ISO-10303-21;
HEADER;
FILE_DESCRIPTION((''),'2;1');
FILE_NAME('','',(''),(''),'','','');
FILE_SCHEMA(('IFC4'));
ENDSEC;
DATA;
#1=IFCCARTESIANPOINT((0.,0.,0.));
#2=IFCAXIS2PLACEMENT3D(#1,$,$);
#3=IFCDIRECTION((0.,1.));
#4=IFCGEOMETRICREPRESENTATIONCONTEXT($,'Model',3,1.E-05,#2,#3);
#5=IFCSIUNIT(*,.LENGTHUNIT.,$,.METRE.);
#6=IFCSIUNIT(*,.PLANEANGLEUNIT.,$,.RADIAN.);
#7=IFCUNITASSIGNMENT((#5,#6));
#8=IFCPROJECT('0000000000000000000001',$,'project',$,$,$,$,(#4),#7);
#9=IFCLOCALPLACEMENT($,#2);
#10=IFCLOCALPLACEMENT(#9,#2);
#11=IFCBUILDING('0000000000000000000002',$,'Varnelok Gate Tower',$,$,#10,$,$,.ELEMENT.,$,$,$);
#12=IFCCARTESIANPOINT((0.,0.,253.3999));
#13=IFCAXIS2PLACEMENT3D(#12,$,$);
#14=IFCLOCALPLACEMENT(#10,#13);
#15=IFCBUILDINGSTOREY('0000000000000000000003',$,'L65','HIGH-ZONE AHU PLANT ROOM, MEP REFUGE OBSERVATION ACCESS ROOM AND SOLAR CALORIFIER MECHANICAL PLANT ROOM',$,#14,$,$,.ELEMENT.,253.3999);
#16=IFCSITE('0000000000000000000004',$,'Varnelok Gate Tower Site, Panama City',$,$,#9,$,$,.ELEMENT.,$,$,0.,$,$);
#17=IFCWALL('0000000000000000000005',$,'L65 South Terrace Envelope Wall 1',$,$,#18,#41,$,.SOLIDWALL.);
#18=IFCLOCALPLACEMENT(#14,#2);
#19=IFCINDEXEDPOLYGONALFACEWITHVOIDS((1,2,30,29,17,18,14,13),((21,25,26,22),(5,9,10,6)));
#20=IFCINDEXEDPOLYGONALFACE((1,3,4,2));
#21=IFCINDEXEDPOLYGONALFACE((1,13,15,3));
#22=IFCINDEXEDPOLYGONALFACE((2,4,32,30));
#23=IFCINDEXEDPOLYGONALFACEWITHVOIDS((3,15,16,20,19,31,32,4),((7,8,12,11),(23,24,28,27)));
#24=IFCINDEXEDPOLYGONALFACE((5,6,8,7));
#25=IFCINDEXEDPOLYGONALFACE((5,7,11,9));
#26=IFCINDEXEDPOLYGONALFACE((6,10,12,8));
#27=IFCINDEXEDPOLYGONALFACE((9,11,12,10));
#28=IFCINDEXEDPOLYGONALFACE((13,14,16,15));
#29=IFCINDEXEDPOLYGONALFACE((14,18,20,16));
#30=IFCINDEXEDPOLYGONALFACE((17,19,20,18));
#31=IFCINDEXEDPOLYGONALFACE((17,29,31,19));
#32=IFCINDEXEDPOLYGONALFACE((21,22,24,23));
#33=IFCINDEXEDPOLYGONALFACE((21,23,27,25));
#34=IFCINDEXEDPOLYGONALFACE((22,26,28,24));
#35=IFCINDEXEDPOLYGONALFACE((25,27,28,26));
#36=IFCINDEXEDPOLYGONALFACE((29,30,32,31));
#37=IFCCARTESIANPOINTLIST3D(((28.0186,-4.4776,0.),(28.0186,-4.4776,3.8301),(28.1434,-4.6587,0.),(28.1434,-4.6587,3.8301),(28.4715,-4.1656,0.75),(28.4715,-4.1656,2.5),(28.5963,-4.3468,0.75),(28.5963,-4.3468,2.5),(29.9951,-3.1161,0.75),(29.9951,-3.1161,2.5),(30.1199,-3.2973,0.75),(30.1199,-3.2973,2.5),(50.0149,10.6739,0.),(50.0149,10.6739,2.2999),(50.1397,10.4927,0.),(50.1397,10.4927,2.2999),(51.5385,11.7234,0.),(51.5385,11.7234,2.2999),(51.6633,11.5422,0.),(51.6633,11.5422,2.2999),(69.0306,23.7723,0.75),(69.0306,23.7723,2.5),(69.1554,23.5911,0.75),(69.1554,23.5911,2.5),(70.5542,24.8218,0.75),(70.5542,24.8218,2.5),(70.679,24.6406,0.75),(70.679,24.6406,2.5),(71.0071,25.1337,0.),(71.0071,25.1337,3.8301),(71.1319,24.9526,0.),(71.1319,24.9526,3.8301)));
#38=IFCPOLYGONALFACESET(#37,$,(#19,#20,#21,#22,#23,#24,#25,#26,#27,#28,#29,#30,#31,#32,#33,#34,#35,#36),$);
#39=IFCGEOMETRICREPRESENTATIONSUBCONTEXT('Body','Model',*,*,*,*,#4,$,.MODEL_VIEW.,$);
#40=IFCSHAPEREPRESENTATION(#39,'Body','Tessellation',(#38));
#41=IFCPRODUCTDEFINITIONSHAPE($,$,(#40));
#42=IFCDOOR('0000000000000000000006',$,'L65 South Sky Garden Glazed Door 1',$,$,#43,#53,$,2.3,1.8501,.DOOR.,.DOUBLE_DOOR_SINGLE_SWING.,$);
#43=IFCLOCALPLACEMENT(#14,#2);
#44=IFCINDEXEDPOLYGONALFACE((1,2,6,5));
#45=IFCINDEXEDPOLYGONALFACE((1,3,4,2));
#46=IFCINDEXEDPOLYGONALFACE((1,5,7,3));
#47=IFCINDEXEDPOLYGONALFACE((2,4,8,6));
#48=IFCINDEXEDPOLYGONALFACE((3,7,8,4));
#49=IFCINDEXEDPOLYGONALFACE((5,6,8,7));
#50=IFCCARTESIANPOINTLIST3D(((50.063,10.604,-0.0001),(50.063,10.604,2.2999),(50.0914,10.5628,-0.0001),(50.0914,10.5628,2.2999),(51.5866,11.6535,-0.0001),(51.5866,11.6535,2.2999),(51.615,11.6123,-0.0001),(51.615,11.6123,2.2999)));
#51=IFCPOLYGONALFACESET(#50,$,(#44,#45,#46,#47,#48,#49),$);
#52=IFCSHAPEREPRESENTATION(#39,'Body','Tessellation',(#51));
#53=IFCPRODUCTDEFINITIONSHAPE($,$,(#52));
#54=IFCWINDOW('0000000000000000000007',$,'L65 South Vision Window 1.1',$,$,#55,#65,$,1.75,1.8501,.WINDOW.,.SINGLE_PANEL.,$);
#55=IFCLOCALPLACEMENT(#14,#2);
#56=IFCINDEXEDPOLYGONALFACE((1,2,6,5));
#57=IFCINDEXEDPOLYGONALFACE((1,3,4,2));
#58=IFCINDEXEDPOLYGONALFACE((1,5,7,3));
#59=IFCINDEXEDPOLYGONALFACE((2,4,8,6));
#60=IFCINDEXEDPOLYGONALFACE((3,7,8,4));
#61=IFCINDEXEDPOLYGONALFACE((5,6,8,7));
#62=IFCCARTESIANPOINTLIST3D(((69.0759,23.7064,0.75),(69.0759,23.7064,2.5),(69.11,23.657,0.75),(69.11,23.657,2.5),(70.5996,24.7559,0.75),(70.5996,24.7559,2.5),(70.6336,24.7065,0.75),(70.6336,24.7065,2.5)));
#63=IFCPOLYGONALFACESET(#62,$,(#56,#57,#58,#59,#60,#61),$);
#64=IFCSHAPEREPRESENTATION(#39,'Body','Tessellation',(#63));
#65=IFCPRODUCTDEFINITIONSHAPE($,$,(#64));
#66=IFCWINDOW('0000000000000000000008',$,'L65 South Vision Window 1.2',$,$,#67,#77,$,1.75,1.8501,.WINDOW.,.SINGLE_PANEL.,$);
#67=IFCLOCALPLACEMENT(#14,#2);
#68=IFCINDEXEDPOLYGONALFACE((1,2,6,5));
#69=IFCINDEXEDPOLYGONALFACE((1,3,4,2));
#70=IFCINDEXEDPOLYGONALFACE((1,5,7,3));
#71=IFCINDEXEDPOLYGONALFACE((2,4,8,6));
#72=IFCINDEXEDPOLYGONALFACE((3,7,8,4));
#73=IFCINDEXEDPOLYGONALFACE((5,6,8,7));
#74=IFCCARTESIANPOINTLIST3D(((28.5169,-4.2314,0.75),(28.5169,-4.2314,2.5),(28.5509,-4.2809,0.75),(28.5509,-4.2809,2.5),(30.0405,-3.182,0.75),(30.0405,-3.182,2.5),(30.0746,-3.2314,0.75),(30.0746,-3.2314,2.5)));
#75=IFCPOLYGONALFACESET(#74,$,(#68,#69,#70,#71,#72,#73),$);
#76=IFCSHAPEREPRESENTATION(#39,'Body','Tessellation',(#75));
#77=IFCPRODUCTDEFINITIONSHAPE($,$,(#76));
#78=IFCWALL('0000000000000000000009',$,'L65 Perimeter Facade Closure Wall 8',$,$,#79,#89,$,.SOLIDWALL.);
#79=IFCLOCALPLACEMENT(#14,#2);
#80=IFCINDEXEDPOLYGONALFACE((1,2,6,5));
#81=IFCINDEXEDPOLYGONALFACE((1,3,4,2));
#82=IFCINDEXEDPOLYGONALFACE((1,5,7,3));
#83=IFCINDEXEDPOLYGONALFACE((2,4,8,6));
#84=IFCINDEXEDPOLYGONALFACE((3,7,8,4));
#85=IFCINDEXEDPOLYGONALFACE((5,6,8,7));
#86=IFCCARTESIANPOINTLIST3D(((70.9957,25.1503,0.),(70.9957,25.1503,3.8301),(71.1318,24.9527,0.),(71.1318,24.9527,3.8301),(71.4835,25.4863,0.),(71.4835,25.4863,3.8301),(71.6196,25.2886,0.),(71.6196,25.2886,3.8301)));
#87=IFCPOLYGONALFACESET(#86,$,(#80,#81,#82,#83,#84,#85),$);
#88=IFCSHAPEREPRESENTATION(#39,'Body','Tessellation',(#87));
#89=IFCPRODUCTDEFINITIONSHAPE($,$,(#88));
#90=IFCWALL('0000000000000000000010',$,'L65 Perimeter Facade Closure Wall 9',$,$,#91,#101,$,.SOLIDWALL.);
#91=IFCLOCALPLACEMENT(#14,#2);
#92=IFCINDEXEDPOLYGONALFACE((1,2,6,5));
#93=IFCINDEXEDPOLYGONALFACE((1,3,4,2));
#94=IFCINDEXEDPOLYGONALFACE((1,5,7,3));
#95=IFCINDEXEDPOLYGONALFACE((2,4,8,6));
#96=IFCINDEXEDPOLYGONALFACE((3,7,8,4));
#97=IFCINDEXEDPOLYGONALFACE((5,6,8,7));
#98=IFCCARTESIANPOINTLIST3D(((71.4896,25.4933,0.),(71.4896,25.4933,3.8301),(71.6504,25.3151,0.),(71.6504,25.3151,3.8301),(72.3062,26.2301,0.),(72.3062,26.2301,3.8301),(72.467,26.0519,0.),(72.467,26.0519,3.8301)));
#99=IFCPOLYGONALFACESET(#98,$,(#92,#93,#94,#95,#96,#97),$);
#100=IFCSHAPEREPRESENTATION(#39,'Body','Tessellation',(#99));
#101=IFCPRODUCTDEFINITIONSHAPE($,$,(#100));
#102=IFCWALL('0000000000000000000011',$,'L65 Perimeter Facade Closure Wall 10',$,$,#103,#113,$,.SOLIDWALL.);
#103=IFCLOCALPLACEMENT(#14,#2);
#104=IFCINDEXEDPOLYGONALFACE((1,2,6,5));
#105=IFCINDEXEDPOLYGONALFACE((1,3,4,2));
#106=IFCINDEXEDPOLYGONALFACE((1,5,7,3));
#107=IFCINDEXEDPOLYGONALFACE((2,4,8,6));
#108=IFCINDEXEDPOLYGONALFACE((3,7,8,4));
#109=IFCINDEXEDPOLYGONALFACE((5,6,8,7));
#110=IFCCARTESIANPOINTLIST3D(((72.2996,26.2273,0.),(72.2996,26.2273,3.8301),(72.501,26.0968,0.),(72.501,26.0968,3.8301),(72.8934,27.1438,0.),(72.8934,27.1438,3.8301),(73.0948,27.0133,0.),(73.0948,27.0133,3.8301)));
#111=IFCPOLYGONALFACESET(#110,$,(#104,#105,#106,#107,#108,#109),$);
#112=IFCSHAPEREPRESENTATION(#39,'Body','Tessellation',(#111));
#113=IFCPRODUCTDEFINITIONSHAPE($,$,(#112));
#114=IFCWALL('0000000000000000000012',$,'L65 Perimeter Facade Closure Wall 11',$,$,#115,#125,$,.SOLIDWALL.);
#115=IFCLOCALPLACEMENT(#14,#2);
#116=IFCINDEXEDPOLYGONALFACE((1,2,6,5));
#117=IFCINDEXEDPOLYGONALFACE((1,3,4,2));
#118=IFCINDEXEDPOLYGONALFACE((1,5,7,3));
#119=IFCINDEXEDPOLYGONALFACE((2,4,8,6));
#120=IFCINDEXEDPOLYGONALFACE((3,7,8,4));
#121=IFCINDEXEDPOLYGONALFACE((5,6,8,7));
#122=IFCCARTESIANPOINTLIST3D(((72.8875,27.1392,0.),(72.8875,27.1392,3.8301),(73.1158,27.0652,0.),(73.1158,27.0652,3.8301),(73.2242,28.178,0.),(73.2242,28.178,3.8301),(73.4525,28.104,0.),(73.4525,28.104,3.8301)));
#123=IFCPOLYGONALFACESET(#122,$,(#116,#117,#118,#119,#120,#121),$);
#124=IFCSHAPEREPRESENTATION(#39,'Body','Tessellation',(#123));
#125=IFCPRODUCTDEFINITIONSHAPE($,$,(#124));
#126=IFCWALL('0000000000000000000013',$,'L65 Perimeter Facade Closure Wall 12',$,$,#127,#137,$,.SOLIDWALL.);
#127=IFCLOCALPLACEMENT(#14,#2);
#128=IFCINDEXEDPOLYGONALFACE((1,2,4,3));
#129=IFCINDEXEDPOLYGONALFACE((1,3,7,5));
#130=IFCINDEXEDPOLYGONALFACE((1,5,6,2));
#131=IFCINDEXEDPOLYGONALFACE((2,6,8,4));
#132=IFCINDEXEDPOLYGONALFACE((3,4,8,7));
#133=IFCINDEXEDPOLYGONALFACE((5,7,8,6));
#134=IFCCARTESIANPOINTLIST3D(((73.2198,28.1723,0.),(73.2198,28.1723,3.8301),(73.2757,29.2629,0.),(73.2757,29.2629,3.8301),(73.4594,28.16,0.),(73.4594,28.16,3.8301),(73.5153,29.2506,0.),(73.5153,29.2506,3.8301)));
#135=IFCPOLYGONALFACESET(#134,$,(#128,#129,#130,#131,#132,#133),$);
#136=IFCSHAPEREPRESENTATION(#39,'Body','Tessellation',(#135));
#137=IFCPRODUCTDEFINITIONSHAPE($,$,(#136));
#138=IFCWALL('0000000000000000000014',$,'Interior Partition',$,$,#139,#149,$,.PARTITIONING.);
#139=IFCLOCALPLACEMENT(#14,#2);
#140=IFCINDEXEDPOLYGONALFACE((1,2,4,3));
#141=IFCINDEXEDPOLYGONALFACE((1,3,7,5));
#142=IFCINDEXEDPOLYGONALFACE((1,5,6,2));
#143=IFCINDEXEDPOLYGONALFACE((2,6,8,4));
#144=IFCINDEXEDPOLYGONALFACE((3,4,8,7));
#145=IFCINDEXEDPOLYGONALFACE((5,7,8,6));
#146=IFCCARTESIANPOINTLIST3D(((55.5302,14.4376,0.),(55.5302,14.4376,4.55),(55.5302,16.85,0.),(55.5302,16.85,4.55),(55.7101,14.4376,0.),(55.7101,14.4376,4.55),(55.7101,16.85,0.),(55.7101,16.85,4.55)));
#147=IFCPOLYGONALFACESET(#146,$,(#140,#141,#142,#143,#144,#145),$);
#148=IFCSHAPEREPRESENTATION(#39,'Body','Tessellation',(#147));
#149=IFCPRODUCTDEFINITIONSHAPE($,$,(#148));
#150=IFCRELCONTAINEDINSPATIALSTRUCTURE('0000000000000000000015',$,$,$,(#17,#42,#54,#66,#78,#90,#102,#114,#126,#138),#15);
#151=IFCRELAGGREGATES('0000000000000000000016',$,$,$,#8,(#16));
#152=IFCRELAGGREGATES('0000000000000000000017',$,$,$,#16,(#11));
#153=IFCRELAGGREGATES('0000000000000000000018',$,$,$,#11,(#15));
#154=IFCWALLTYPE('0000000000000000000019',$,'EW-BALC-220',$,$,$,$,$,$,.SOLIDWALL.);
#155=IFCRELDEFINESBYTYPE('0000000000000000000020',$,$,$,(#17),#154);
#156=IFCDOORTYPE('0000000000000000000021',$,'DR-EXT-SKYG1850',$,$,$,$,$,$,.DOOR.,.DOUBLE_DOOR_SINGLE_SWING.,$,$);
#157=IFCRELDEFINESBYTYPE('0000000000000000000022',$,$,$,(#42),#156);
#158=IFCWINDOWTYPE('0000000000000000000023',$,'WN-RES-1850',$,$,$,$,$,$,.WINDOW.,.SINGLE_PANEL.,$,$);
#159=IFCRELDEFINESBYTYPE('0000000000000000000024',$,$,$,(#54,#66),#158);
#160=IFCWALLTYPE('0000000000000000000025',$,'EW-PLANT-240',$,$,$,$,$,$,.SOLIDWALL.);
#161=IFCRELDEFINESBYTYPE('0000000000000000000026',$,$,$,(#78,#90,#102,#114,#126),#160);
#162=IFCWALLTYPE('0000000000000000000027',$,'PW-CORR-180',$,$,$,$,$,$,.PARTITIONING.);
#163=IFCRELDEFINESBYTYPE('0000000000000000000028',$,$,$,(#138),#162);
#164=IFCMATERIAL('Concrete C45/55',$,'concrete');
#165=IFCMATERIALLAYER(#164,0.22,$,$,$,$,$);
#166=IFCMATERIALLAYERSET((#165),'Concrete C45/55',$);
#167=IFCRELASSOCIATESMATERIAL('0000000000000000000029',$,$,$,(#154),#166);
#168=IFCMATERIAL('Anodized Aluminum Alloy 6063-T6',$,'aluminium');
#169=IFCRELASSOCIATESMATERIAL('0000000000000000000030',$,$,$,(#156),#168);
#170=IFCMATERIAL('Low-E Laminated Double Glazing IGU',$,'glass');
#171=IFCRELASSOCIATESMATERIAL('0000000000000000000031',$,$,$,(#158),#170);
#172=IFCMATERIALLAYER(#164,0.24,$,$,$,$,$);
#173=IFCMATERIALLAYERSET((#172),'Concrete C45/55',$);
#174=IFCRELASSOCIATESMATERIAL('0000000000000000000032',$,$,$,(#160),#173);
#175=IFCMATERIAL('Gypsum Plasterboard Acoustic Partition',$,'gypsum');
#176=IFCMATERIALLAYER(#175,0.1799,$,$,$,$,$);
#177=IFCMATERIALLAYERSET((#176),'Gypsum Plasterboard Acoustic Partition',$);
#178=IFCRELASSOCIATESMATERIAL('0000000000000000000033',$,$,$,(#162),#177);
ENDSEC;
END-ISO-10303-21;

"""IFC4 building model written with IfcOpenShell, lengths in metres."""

from ifc_helpers import new_model, si_unit, direction, frame, frame_2d, origin, place, context, subcontext, project, spatial, rectangle, extrude, material, layer, layer_set, type_object, element, fill, save


model = new_model("IFC4")

# Units and contexts
model_context = context("Model", 3, precision=1e-05, world=origin(), true_north=direction((0.0, 1.0)))
body_context = subcontext(model_context, "Body", "Model", "MODEL_VIEW")
ifc_project = project(units=[si_unit("LENGTHUNIT", "METRE"), si_unit("PLANEANGLEUNIT", "RADIAN")], contexts=[model_context])

# Site, building, storey
site_placement = place(None, origin())
site = spatial("IfcSite", under=ifc_project, at=site_placement, Name="Varnelok Gate Tower Site, Panama City", CompositionType="ELEMENT", RefElevation=0.0)
building_placement = place(site_placement, origin())
building = spatial("IfcBuilding", under=site, at=building_placement, Name="Varnelok Gate Tower", CompositionType="ELEMENT")
storey_placement = place(building_placement, frame((0.0, 0.0, 253.3999)))
storey = spatial("IfcBuildingStorey", under=building, at=storey_placement, Name="L65", Description="HIGH-ZONE AHU PLANT ROOM, MEP REFUGE OBSERVATION ACCESS ROOM AND SOLAR CALORIFIER MECHANICAL PLANT ROOM", CompositionType="ELEMENT", Elevation=253.3999)

# Wall, openings, door, windows
ifc_material_1 = material(Name="Concrete C45/55", Category="concrete")
ifc_layer_1 = layer(ifc_material_1, 0.22)
ifc_layer_set_1 = layer_set([ifc_layer_1], Name="Concrete C45/55")
wall_type_1 = type_object("IfcWallType", Name="EW-BALC-220", PredefinedType="SOLIDWALL", material=ifc_layer_set_1)
wall_1_placement = place(storey_placement, frame((71.0696, 25.0432, 0.0), z_axis=(0.0, 0.0, 1.0), x_axis=(-0.823534, -0.567266, 0.0)))
wall_1 = element("IfcWall", 1, at=wall_1_placement, inside=storey, type_object=wall_type_1, Name="L65 South Terrace Envelope Wall 1", PredefinedType="SOLIDWALL", context=body_context, shape_type="SweptSolid", body=[
    extrude(rectangle(XDim=52.2, YDim=0.22, at=frame_2d((26.1001, 0.0))), origin(), (0.0, 0.0, 1.0), 3.8301),
])
opening_1_placement = place(wall_1_placement, frame((23.6404, 0.0, 0.0)))
opening_1 = element("IfcOpeningElement", 2, at=opening_1_placement, cuts=wall_1, PredefinedType="OPENING", context=body_context, shape_type="SweptSolid", body=[
    extrude(rectangle(XDim=1.8501, YDim=2.3, at=frame_2d((0.925, 1.1499))), frame((0.0, 0.1199, 0.0), z_axis=(0.0, -1.0, 0.0), x_axis=(1.0, 0.0, 0.0)), (0.0, 0.0, 1.0), 0.24),
])
opening_2_placement = place(wall_1_placement, frame((0.55, 0.0, 0.75)))
opening_2 = element("IfcOpeningElement", 3, at=opening_2_placement, cuts=wall_1, PredefinedType="OPENING", context=body_context, shape_type="SweptSolid", body=[
    extrude(rectangle(XDim=1.8501, YDim=1.75, at=frame_2d((0.925, 0.875))), frame((0.0, 0.1199, 0.0), z_axis=(0.0, -1.0, 0.0), x_axis=(1.0, 0.0, 0.0)), (0.0, 0.0, 1.0), 0.24),
])
opening_3_placement = place(wall_1_placement, frame((49.8, 0.0, 0.75)))
opening_3 = element("IfcOpeningElement", 4, at=opening_3_placement, cuts=wall_1, PredefinedType="OPENING", context=body_context, shape_type="SweptSolid", body=[
    extrude(rectangle(XDim=1.8501, YDim=1.75, at=frame_2d((0.925, 0.875))), frame((0.0, 0.1199, 0.0), z_axis=(0.0, -1.0, 0.0), x_axis=(1.0, 0.0, 0.0)), (0.0, 0.0, 1.0), 0.24),
])
ifc_material_2 = material(Name="Anodized Aluminum Alloy 6063-T6", Category="aluminium")
door_type = type_object("IfcDoorType", Name="DR-EXT-SKYG1850", OperationType="DOUBLE_DOOR_SINGLE_SWING", PredefinedType="DOOR", material=ifc_material_2)
door_placement = place(opening_1_placement, origin())
door = element("IfcDoor", 5, at=door_placement, inside=storey, type_object=door_type, Name="L65 South Sky Garden Glazed Door 1", OperationType="DOUBLE_DOOR_SINGLE_SWING", OverallHeight=2.3, OverallWidth=1.8501, PredefinedType="DOOR", context=body_context, shape_type="SweptSolid", body=[
    extrude(rectangle(XDim=1.8501, YDim=2.3, at=frame_2d((0.925, 1.1499))), frame((0.0, 0.0249, 0.0), z_axis=(0.0, -1.0, 0.0), x_axis=(1.0, 0.0, 0.0)), (0.0, 0.0, 1.0), 0.05),
])
fill(opening_1, door)
ifc_material_3 = material(Name="Low-E Laminated Double Glazing IGU", Category="glass")
window_type = type_object("IfcWindowType", Name="WN-RES-1850", PartitioningType="SINGLE_PANEL", PredefinedType="WINDOW", material=ifc_material_3)
window_1_placement = place(opening_2_placement, origin())
window_1 = element("IfcWindow", 6, at=window_1_placement, inside=storey, type_object=window_type, Name="L65 South Vision Window 1.1", OverallHeight=1.75, OverallWidth=1.8501, PartitioningType="SINGLE_PANEL", PredefinedType="WINDOW", context=body_context, shape_type="SweptSolid", body=[
    extrude(rectangle(XDim=1.8501, YDim=1.75, at=frame_2d((0.925, 0.875))), frame((0.0, 0.03, 0.0), z_axis=(0.0, -1.0, 0.0), x_axis=(1.0, 0.0, 0.0)), (0.0, 0.0, 1.0), 0.0601),
])
fill(opening_2, window_1)
window_2_placement = place(opening_3_placement, origin())
window_2 = element("IfcWindow", 7, at=window_2_placement, inside=storey, type_object=window_type, Name="L65 South Vision Window 1.2", OverallHeight=1.75, OverallWidth=1.8501, PartitioningType="SINGLE_PANEL", PredefinedType="WINDOW", context=body_context, shape_type="SweptSolid", body=[
    extrude(rectangle(XDim=1.8501, YDim=1.75, at=frame_2d((0.925, 0.875))), frame((0.0, 0.03, 0.0), z_axis=(0.0, -1.0, 0.0), x_axis=(1.0, 0.0, 0.0)), (0.0, 0.0, 1.0), 0.0601),
])
fill(opening_3, window_2)

# Walls
ifc_layer_2 = layer(ifc_material_1, 0.24)
ifc_layer_set_2 = layer_set([ifc_layer_2], Name="Concrete C45/55")
wall_type_2 = type_object("IfcWallType", Name="EW-PLANT-240", PredefinedType="SOLIDWALL", material=ifc_layer_set_2)
wall_2_placement = place(storey_placement, frame((71.0637, 25.0515, 0.0), z_axis=(0.0, 0.0, 1.0), x_axis=(0.823585, 0.567193, 0.0)))
element("IfcWall", 8, at=wall_2_placement, inside=storey, type_object=wall_type_2, Name="L65 Perimeter Facade Closure Wall 8", PredefinedType="SOLIDWALL", context=body_context, shape_type="SweptSolid", body=[
    extrude(rectangle(XDim=0.5923, YDim=0.24, at=frame_2d((0.2961, 0.0))), origin(), (0.0, 0.0, 1.0), 3.8301),
])
wall_3_placement = place(storey_placement, frame((71.5701, 25.4043, 0.0), z_axis=(0.0, 0.0, 1.0), x_axis=(0.742466, 0.669884, 0.0)))
element("IfcWall", 9, at=wall_3_placement, inside=storey, type_object=wall_type_2, Name="L65 Perimeter Facade Closure Wall 9", PredefinedType="SOLIDWALL", context=body_context, shape_type="SweptSolid", body=[
    extrude(rectangle(XDim=1.0999, YDim=0.24, at=frame_2d((0.5498, 0.0))), origin(), (0.0, 0.0, 1.0), 3.8301),
])
for number, where, z_axis, x_axis, name in (
    (10, (72.4004, 26.1621, 0.0), (0.0, 0.0, 1.0), (0.543715, 0.83927, 0.0), "L65 Perimeter Facade Closure Wall 10"),
    (11, (73.0017, 27.1023, 0.0), (0.0, 0.0, 1.0), (0.308302, 0.951288, 0.0), "L65 Perimeter Facade Closure Wall 11"),
    (12, (73.3396, 28.1663, 0.0), (0.0, 0.0, 1.0), (0.051198, 0.998689, 0.0), "L65 Perimeter Facade Closure Wall 12"),
):
    element("IfcWall", number, at=place(storey_placement, frame(where, z_axis=z_axis, x_axis=x_axis)), inside=storey, type_object=wall_type_2, Name=name, PredefinedType="SOLIDWALL", context=body_context, shape_type="SweptSolid", body=[
        extrude(rectangle(XDim=1.092, YDim=0.24, at=frame_2d((0.5459, 0.0))), origin(), (0.0, 0.0, 1.0), 3.8301),
    ])
ifc_material_4 = material(Name="Gypsum Plasterboard Acoustic Partition", Category="gypsum")
ifc_layer_3 = layer(ifc_material_4, 0.1799)
ifc_layer_set_3 = layer_set([ifc_layer_3], Name="Gypsum Plasterboard Acoustic Partition")
wall_type_3 = type_object("IfcWallType", Name="PW-CORR-180", PredefinedType="PARTITIONING", material=ifc_layer_set_3)
wall_4_placement = place(storey_placement, frame((55.6201, 14.4377, 0.0), z_axis=(0.0, 0.0, 1.0), x_axis=(0.0, 1.0, 0.0)))
element("IfcWall", 13, at=wall_4_placement, inside=storey, type_object=wall_type_3, Name="Interior Partition", PredefinedType="PARTITIONING", context=body_context, shape_type="SweptSolid", body=[
    extrude(rectangle(XDim=2.4124, YDim=0.1799, at=frame_2d((1.2061, 0.0))), origin(), (0.0, 0.0, 1.0), 4.55),
])

save(model, "model.ifc")
